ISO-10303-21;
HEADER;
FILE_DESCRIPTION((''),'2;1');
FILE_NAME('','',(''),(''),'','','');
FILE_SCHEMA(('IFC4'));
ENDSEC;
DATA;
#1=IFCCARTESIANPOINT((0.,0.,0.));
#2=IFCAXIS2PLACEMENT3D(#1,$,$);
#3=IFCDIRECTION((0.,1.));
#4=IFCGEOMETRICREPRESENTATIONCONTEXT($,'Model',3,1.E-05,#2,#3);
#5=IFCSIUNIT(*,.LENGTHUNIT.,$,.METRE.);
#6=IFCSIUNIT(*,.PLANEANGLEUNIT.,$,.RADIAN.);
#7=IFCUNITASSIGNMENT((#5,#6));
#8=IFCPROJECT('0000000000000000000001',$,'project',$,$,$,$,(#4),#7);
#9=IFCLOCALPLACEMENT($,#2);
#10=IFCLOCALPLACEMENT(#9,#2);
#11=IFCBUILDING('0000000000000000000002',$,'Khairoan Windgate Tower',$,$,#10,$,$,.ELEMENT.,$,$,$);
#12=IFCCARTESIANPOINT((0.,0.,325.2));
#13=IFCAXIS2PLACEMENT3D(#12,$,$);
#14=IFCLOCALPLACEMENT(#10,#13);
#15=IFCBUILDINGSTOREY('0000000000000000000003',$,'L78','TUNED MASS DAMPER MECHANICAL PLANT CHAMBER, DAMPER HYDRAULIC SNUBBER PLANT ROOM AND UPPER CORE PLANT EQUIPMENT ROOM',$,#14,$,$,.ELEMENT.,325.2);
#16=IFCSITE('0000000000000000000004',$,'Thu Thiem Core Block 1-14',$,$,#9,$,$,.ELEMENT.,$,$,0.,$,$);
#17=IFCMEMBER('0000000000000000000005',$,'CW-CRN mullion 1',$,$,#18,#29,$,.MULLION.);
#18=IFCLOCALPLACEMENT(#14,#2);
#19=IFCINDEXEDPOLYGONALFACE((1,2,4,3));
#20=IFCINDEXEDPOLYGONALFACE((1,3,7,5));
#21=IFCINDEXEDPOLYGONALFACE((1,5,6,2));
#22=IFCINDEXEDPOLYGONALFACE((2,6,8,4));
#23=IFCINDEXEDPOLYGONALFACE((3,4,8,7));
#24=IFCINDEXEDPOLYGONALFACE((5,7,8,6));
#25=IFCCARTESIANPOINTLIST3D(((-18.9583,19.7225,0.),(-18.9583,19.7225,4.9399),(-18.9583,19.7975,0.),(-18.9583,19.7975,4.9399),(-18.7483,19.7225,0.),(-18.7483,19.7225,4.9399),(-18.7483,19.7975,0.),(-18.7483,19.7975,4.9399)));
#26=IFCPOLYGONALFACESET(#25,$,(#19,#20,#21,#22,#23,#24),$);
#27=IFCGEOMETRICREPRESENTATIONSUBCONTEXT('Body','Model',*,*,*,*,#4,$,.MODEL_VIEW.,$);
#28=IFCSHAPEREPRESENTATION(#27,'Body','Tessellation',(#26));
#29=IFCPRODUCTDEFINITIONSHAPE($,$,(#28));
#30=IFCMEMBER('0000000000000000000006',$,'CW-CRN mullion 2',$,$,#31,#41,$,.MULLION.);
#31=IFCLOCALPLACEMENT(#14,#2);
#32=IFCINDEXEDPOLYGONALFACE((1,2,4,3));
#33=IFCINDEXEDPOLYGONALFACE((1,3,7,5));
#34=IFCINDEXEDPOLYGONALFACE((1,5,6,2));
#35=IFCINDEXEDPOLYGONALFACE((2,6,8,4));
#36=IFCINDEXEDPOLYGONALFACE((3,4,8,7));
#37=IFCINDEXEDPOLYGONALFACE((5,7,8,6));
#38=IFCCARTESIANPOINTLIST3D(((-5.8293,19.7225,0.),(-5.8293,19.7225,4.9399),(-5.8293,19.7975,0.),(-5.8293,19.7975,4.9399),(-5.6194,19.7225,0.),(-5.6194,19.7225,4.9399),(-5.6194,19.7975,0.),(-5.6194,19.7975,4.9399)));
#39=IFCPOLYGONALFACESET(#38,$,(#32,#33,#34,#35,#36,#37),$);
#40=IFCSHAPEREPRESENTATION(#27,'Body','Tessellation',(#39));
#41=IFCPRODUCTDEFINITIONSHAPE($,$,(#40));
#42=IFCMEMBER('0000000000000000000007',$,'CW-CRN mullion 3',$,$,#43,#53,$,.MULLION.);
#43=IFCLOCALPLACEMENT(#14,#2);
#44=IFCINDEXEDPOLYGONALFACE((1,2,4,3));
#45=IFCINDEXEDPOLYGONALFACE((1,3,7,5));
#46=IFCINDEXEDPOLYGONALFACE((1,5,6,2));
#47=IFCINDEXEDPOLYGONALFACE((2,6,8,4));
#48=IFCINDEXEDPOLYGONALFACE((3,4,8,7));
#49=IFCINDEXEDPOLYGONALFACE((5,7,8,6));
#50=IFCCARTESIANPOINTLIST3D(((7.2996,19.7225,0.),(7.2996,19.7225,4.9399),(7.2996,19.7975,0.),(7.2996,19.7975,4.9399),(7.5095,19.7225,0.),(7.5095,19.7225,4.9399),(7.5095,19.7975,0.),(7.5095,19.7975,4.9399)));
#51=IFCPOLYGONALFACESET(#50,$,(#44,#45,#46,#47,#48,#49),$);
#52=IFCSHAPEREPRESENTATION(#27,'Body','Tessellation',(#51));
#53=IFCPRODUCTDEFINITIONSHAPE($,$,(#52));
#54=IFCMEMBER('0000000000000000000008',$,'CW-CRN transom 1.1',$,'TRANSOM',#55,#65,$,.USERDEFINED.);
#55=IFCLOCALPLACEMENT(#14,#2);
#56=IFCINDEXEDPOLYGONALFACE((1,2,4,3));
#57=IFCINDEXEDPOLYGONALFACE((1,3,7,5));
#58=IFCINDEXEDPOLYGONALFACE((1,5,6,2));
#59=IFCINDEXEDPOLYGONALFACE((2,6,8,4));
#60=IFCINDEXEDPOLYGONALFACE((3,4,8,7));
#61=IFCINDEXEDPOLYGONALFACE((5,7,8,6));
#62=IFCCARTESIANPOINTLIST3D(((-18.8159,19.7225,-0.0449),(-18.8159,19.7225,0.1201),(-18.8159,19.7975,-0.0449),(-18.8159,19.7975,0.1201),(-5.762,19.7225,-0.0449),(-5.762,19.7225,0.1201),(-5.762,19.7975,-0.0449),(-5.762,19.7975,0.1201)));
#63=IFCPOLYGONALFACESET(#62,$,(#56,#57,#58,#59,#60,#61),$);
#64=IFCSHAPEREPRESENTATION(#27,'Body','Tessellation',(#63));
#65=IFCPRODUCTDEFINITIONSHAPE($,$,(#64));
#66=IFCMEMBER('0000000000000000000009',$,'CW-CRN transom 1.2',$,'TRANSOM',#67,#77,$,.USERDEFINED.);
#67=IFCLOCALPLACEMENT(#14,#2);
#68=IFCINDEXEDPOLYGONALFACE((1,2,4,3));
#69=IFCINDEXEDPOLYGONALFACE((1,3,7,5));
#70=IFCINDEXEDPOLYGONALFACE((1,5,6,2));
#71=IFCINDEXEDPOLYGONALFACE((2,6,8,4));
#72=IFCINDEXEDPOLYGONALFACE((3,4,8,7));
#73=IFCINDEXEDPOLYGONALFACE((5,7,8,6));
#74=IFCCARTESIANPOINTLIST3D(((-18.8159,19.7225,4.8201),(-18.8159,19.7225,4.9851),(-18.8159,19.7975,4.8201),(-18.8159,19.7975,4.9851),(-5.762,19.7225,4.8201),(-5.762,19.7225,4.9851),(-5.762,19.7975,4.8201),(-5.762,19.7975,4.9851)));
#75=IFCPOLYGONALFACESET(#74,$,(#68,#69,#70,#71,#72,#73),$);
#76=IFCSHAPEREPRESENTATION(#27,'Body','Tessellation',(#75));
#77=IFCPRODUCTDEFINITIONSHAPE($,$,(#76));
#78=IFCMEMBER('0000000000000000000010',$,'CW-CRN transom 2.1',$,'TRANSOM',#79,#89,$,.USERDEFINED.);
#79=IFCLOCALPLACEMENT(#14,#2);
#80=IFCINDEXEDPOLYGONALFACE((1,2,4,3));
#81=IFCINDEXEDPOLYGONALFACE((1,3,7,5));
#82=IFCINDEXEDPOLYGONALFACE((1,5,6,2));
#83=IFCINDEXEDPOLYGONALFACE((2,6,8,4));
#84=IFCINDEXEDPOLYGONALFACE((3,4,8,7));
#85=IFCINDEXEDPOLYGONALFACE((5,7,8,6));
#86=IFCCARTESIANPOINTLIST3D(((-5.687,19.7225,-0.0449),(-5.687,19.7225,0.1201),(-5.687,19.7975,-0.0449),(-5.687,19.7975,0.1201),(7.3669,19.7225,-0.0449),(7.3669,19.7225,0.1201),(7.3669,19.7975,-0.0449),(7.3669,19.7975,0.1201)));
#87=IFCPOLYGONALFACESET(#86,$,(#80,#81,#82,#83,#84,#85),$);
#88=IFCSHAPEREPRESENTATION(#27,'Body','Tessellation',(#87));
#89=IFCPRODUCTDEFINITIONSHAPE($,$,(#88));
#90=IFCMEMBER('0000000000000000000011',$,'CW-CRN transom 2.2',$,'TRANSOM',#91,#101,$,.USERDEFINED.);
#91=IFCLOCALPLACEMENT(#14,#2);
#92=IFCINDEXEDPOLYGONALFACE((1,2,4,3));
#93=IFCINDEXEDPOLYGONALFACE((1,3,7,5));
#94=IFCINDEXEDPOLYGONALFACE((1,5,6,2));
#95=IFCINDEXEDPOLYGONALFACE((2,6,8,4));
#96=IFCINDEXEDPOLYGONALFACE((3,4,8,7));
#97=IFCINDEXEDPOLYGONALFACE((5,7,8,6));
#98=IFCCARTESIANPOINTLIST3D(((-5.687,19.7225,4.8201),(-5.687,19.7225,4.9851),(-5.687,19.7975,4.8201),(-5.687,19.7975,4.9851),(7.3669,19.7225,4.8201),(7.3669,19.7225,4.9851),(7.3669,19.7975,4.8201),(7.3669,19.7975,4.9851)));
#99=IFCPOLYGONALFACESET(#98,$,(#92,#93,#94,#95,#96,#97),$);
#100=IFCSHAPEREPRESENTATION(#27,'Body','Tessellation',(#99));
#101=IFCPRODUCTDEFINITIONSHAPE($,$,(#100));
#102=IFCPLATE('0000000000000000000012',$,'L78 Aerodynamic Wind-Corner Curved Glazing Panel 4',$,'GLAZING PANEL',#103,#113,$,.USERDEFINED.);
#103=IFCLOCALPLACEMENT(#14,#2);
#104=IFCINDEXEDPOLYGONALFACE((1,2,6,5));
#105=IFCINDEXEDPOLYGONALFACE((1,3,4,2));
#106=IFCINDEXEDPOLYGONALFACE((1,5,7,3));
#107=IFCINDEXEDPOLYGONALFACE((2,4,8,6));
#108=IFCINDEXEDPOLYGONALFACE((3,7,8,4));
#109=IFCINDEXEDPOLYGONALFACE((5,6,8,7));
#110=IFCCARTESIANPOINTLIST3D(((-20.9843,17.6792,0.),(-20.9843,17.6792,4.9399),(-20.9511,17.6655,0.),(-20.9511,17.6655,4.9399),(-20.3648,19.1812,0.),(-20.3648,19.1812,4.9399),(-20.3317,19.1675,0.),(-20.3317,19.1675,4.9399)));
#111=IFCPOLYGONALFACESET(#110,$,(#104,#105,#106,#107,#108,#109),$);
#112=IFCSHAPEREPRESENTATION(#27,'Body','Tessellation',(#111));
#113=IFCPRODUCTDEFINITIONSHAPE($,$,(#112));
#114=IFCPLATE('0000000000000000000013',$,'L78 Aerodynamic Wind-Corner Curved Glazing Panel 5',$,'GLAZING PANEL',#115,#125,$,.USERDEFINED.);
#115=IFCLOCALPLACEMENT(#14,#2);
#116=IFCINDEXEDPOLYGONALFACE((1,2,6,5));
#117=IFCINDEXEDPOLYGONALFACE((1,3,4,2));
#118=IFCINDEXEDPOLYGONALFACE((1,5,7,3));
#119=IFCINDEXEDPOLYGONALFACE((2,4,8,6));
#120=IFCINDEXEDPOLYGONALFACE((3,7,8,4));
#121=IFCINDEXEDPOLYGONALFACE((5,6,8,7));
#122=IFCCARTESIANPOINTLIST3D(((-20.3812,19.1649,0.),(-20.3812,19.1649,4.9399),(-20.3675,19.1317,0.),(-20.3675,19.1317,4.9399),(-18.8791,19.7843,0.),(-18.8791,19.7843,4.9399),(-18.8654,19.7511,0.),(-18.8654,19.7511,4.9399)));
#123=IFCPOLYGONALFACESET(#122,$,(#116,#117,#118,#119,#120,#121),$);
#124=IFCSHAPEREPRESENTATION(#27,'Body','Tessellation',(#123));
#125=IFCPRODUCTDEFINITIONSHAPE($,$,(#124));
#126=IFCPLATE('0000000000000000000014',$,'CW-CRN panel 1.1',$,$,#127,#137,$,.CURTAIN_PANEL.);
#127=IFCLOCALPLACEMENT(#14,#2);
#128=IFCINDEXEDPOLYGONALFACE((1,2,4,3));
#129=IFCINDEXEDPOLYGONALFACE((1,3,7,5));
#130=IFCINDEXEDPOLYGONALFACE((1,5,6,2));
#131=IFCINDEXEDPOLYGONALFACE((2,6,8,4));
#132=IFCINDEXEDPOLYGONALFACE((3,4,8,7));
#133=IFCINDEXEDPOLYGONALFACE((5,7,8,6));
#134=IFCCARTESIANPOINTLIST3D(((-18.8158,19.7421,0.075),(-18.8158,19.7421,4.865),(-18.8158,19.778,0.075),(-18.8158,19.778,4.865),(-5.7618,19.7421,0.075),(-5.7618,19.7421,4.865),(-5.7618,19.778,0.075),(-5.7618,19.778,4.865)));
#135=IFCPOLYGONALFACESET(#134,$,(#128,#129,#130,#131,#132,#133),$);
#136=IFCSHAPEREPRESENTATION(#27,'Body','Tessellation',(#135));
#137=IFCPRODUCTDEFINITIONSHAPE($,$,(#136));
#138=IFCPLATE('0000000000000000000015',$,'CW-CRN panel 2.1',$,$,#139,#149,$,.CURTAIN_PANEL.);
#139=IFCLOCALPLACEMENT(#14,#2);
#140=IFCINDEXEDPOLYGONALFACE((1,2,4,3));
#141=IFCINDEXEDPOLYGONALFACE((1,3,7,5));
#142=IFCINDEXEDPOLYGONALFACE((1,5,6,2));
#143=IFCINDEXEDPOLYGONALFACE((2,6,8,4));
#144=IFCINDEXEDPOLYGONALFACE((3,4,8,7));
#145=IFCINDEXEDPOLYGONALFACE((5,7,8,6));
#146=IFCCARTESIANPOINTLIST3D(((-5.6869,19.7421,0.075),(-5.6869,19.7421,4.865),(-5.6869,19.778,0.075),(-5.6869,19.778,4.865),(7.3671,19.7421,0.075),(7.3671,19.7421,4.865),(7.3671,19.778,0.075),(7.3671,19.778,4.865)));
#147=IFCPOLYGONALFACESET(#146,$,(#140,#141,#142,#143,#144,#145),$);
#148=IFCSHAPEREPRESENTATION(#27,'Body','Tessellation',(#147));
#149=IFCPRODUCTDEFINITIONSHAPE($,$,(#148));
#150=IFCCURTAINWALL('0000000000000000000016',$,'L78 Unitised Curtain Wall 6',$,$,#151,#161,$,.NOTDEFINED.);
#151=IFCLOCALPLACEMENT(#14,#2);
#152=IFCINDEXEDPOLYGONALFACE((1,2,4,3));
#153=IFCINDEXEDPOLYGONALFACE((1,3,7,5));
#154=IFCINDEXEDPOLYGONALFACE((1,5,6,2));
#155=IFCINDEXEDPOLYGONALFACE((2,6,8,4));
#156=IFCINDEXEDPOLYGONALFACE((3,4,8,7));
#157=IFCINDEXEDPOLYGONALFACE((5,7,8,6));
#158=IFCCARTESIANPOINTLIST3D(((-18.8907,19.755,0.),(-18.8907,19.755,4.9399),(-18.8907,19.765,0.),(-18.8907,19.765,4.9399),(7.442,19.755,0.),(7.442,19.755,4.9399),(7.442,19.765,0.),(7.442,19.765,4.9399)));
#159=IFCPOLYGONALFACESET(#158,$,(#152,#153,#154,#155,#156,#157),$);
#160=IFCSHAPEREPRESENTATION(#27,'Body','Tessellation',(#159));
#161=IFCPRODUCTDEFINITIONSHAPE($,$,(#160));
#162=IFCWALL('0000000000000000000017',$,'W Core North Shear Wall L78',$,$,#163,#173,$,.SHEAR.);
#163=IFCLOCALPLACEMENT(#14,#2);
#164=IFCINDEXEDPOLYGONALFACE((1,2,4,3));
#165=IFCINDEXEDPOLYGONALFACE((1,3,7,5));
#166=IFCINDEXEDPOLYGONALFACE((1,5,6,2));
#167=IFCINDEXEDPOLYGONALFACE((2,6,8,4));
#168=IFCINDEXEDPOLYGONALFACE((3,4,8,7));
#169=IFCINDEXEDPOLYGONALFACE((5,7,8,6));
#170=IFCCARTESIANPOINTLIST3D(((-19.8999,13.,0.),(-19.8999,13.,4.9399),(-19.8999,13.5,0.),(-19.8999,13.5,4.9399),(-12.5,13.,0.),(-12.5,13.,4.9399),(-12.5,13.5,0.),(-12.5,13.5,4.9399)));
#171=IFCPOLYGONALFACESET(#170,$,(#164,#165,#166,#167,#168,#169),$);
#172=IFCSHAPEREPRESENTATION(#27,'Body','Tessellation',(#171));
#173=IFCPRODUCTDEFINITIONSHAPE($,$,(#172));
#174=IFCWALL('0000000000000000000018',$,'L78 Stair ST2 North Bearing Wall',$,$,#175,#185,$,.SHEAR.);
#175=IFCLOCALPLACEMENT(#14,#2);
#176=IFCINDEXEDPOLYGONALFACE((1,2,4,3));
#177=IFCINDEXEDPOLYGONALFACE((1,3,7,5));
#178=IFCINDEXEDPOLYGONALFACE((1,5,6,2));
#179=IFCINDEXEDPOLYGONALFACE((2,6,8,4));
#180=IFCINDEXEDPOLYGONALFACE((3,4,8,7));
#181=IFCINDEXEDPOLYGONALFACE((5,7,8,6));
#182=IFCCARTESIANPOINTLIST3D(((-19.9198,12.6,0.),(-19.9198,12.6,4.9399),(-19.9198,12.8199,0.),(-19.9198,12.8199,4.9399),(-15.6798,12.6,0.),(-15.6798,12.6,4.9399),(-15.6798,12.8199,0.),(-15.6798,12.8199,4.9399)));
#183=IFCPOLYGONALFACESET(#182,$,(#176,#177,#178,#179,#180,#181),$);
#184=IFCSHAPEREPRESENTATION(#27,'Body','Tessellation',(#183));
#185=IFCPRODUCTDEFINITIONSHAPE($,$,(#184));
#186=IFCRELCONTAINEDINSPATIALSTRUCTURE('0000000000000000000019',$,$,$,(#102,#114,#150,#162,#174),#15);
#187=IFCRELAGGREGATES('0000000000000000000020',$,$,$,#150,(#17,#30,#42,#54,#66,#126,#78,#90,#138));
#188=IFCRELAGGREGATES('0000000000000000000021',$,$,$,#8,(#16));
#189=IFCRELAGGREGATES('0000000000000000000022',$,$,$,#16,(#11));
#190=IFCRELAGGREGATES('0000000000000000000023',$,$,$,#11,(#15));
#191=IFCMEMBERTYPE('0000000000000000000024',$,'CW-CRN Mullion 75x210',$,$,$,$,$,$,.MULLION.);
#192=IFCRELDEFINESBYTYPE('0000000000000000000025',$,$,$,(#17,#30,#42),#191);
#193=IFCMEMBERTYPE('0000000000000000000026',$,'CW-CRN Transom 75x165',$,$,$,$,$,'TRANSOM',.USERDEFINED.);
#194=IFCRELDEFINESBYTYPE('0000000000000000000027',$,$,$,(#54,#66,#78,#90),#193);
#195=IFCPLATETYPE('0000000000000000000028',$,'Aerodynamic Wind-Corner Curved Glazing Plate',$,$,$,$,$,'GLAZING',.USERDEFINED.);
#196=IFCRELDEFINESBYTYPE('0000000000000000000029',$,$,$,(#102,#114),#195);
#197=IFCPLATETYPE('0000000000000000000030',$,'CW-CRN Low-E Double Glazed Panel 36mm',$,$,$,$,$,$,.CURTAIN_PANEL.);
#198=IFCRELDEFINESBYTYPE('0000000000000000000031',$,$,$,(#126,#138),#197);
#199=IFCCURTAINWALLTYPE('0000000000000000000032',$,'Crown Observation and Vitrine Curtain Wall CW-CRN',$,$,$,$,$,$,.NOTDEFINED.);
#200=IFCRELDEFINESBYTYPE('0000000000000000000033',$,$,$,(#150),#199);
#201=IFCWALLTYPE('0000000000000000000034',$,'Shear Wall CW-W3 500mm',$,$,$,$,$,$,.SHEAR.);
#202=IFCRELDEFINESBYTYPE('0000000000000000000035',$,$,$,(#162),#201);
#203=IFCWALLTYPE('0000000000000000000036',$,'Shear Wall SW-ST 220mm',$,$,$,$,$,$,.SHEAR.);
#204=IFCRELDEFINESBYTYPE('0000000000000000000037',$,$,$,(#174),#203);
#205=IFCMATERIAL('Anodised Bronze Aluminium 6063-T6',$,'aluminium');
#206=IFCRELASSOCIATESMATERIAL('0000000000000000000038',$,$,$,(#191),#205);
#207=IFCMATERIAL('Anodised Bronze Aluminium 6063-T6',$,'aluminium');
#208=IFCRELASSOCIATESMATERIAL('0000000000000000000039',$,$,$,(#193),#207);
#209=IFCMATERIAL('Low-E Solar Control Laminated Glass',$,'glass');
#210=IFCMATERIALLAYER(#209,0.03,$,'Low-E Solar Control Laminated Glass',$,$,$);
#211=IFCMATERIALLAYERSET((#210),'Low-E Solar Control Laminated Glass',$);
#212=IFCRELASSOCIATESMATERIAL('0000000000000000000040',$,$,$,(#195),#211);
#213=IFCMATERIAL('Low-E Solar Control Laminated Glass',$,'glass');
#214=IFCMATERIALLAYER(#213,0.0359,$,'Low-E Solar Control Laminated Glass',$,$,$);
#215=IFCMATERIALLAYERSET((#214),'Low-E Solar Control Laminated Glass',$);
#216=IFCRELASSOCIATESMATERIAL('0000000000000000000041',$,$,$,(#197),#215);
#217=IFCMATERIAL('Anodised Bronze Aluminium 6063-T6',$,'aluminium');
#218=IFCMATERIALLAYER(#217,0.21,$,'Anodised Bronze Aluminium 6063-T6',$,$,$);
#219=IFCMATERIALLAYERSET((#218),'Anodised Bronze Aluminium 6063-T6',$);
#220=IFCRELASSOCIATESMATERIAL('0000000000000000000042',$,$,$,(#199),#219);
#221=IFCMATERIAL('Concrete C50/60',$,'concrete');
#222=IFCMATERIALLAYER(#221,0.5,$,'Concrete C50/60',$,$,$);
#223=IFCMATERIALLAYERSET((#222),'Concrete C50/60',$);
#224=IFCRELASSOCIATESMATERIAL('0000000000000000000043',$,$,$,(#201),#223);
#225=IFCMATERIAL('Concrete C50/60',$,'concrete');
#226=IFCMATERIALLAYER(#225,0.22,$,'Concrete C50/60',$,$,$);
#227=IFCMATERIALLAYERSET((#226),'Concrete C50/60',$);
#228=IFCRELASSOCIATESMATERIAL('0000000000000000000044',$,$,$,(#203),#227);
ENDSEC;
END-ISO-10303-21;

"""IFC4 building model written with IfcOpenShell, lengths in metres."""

from ifc_helpers import new_model, si_unit, direction, frame, frame_2d, origin, origin_2d, place, context, subcontext, project, spatial, rectangle, extrude, material, layer, layer_set, material_profile, profile_set, type_object, element, aggregate, save


model = new_model("IFC4")

# Units and contexts
model_context = context("Model", 3, precision=1e-05, world=origin(), true_north=direction((0.0, 1.0)))
body_context = subcontext(model_context, "Body", "Model", "MODEL_VIEW")
ifc_project = project(units=[si_unit("LENGTHUNIT", "METRE"), si_unit("PLANEANGLEUNIT", "RADIAN")], contexts=[model_context])

# Site, building, storey
site_placement = place(None, origin())
site = spatial("IfcSite", under=ifc_project, at=site_placement, Name="Thu Thiem Core Block 1-14", CompositionType="ELEMENT", RefElevation=0.0)
building_placement = place(site_placement, origin())
building = spatial("IfcBuilding", under=site, at=building_placement, Name="Khairoan Windgate Tower", CompositionType="ELEMENT")
storey_placement = place(building_placement, frame((0.0, 0.0, 325.2)))
storey = spatial("IfcBuildingStorey", under=building, at=storey_placement, Name="L78", Description="TUNED MASS DAMPER MECHANICAL PLANT CHAMBER, DAMPER HYDRAULIC SNUBBER PLANT ROOM AND UPPER CORE PLANT EQUIPMENT ROOM", CompositionType="ELEMENT", Elevation=325.2)

# Members
ifc_material_1 = material(Name="Anodised Bronze Aluminium 6063-T6", Category="aluminium")
ifc_material_profile_1 = material_profile(ifc_material_1, rectangle(XDim=0.075, YDim=0.21, at=origin_2d()))
ifc_profile_set_1 = profile_set([ifc_material_profile_1], Name="Anodised Bronze Aluminium 6063-T6")
member_type_1 = type_object("IfcMemberType", Name="CW-CRN Mullion 75x210", PredefinedType="MULLION", material=ifc_profile_set_1)
member_1_placement = place(storey_placement, frame((-18.8533, 19.76, 0.0), z_axis=(0.0, 0.0, 1.0), x_axis=(0.0, 1.0, 0.0)))
member_1 = element("IfcMember", 1, at=member_1_placement, type_object=member_type_1, Name="CW-CRN mullion 1", PredefinedType="MULLION", context=body_context, shape_type="SweptSolid", body=[
    extrude(rectangle(XDim=0.075, YDim=0.21, at=origin_2d()), origin(), (0.0, 0.0, 1.0), 4.9399),
])
member_2_placement = place(storey_placement, frame((-5.7244, 19.76, 0.0), z_axis=(0.0, 0.0, 1.0), x_axis=(0.0, 1.0, 0.0)))
member_2 = element("IfcMember", 2, at=member_2_placement, type_object=member_type_1, Name="CW-CRN mullion 2", PredefinedType="MULLION", context=body_context, shape_type="SweptSolid", body=[
    extrude(rectangle(XDim=0.075, YDim=0.21, at=origin_2d()), origin(), (0.0, 0.0, 1.0), 4.9399),
])
member_3_placement = place(storey_placement, frame((7.4045, 19.76, 0.0), z_axis=(0.0, 0.0, 1.0), x_axis=(0.0, 1.0, 0.0)))
member_3 = element("IfcMember", 3, at=member_3_placement, type_object=member_type_1, Name="CW-CRN mullion 3", PredefinedType="MULLION", context=body_context, shape_type="SweptSolid", body=[
    extrude(rectangle(XDim=0.075, YDim=0.21, at=origin_2d()), origin(), (0.0, 0.0, 1.0), 4.9399),
])
ifc_material_2 = material(Name="Anodised Bronze Aluminium 6063-T6", Category="aluminium")
ifc_material_profile_2 = material_profile(ifc_material_2, rectangle(XDim=0.075, YDim=0.165, at=origin_2d()))
ifc_profile_set_2 = profile_set([ifc_material_profile_2], Name="Anodised Bronze Aluminium 6063-T6")
member_type_2 = type_object("IfcMemberType", Name="CW-CRN Transom 75x165", ElementType="TRANSOM", PredefinedType="USERDEFINED", material=ifc_profile_set_2)
member_4_placement = place(storey_placement, frame((-18.8159, 19.76, 0.0376), z_axis=(1.0, 0.0, 0.0), x_axis=(0.0, 1.0, 0.0)))
member_4 = element("IfcMember", 4, at=member_4_placement, type_object=member_type_2, Name="CW-CRN transom 1.1", ObjectType="TRANSOM", PredefinedType="USERDEFINED", context=body_context, shape_type="SweptSolid", body=[
    extrude(rectangle(XDim=0.075, YDim=0.165, at=origin_2d()), origin(), (0.0, 0.0, 1.0), 13.054),
])
member_5_placement = place(storey_placement, frame((-18.8159, 19.76, 4.9026), z_axis=(1.0, 0.0, 0.0), x_axis=(0.0, 1.0, 0.0)))
member_5 = element("IfcMember", 5, at=member_5_placement, type_object=member_type_2, Name="CW-CRN transom 1.2", ObjectType="TRANSOM", PredefinedType="USERDEFINED", context=body_context, shape_type="SweptSolid", body=[
    extrude(rectangle(XDim=0.075, YDim=0.165, at=origin_2d()), origin(), (0.0, 0.0, 1.0), 13.054),
])
member_6_placement = place(storey_placement, frame((-5.687, 19.76, 0.0376), z_axis=(1.0, 0.0, 0.0), x_axis=(0.0, 1.0, 0.0)))
member_6 = element("IfcMember", 6, at=member_6_placement, type_object=member_type_2, Name="CW-CRN transom 2.1", ObjectType="TRANSOM", PredefinedType="USERDEFINED", context=body_context, shape_type="SweptSolid", body=[
    extrude(rectangle(XDim=0.075, YDim=0.165, at=origin_2d()), origin(), (0.0, 0.0, 1.0), 13.054),
])
member_7_placement = place(storey_placement, frame((-5.687, 19.76, 4.9026), z_axis=(1.0, 0.0, 0.0), x_axis=(0.0, 1.0, 0.0)))
member_7 = element("IfcMember", 7, at=member_7_placement, type_object=member_type_2, Name="CW-CRN transom 2.2", ObjectType="TRANSOM", PredefinedType="USERDEFINED", context=body_context, shape_type="SweptSolid", body=[
    extrude(rectangle(XDim=0.075, YDim=0.165, at=origin_2d()), origin(), (0.0, 0.0, 1.0), 13.054),
])

# Plates
ifc_material_3 = material(Name="Low-E Solar Control Laminated Glass", Category="glass")
ifc_layer_1 = layer(ifc_material_3, 0.03, Name="Low-E Solar Control Laminated Glass")
ifc_layer_set_1 = layer_set([ifc_layer_1], Name="Low-E Solar Control Laminated Glass")
plate_type_1 = type_object("IfcPlateType", Name="Aerodynamic Wind-Corner Curved Glazing Plate", ElementType="GLAZING", PredefinedType="USERDEFINED", material=ifc_layer_set_1)
for number, where, z_axis, x_axis, name in (
    (8, (-20.658, 18.4233, 0.0), (0.0, 0.0, 1.0), (0.381232, 0.92448, 0.0), "L78 Aerodynamic Wind-Corner Curved Glazing Panel 4"),
    (9, (-19.6233, 19.458, 0.0), (0.0, 0.0, 1.0), (0.92448, 0.381232, 0.0), "L78 Aerodynamic Wind-Corner Curved Glazing Panel 5"),
):
    element("IfcPlate", number, at=place(storey_placement, frame(where, z_axis=z_axis, x_axis=x_axis)), inside=storey, type_object=plate_type_1, Name=name, ObjectType="GLAZING PANEL", PredefinedType="USERDEFINED", context=body_context, shape_type="SweptSolid", body=[
        extrude(rectangle(XDim=1.6248, YDim=0.0359, at=origin_2d()), origin(), (0.0, 0.0, 1.0), 4.9399),
    ])

# Plates
ifc_material_4 = material(Name="Low-E Solar Control Laminated Glass", Category="glass")
ifc_layer_2 = layer(ifc_material_4, 0.0359, Name="Low-E Solar Control Laminated Glass")
ifc_layer_set_2 = layer_set([ifc_layer_2], Name="Low-E Solar Control Laminated Glass")
plate_type_2 = type_object("IfcPlateType", Name="CW-CRN Low-E Double Glazed Panel 36mm", PredefinedType="CURTAIN_PANEL", material=ifc_layer_set_2)
plate_1_placement = place(storey_placement, frame((-12.2888, 19.76, 0.075), z_axis=(0.0, 0.0, 1.0), x_axis=(1.0, 0.0, 0.0)))
plate_1 = element("IfcPlate", 10, at=plate_1_placement, type_object=plate_type_2, Name="CW-CRN panel 1.1", PredefinedType="CURTAIN_PANEL", context=body_context, shape_type="SweptSolid", body=[
    extrude(rectangle(XDim=13.054, YDim=0.0359, at=origin_2d()), origin(), (0.0, 0.0, 1.0), 4.79),
])
plate_2_placement = place(storey_placement, frame((0.8401, 19.76, 0.075), z_axis=(0.0, 0.0, 1.0), x_axis=(1.0, 0.0, 0.0)))
plate_2 = element("IfcPlate", 11, at=plate_2_placement, type_object=plate_type_2, Name="CW-CRN panel 2.1", PredefinedType="CURTAIN_PANEL", context=body_context, shape_type="SweptSolid", body=[
    extrude(rectangle(XDim=13.054, YDim=0.0359, at=origin_2d()), origin(), (0.0, 0.0, 1.0), 4.79),
])

# Curtain wall
ifc_material_5 = material(Name="Anodised Bronze Aluminium 6063-T6", Category="aluminium")
ifc_layer_3 = layer(ifc_material_5, 0.21, Name="Anodised Bronze Aluminium 6063-T6")
ifc_layer_set_3 = layer_set([ifc_layer_3], Name="Anodised Bronze Aluminium 6063-T6")
curtain_wall_type = type_object("IfcCurtainWallType", Name="Crown Observation and Vitrine Curtain Wall CW-CRN", PredefinedType="NOTDEFINED", material=ifc_layer_set_3)
curtain_wall_placement = place(storey_placement, frame((-18.8909, 19.76, 0.0), z_axis=(0.0, 0.0, 1.0), x_axis=(1.0, 0.0, 0.0)))
curtain_wall = element("IfcCurtainWall", 12, at=curtain_wall_placement, inside=storey, type_object=curtain_wall_type, Name="L78 Unitised Curtain Wall 6", PredefinedType="NOTDEFINED", context=body_context, shape_type="SweptSolid", body=[
    extrude(rectangle(XDim=26.3328, YDim=0.01, at=frame_2d((13.1665, 0.0))), origin(), (0.0, 0.0, 1.0), 4.9399),
])
aggregate(curtain_wall, [member_1, member_2, member_3, member_4, member_5, plate_1, member_6, member_7, plate_2])

# Walls
ifc_material_6 = material(Name="Concrete C50/60", Category="concrete")
ifc_layer_4 = layer(ifc_material_6, 0.5, Name="Concrete C50/60")
ifc_layer_set_4 = layer_set([ifc_layer_4], Name="Concrete C50/60")
wall_type_1 = type_object("IfcWallType", Name="Shear Wall CW-W3 500mm", PredefinedType="SHEAR", material=ifc_layer_set_4)
wall_1_placement = place(storey_placement, frame((-19.8999, 13.25, 0.0), z_axis=(0.0, 0.0, 1.0), x_axis=(1.0, 0.0, 0.0)))
element("IfcWall", 13, at=wall_1_placement, inside=storey, type_object=wall_type_1, Name="W Core North Shear Wall L78", PredefinedType="SHEAR", context=body_context, shape_type="SweptSolid", body=[
    extrude(rectangle(XDim=7.3999, YDim=0.5, at=frame_2d((3.7, 0.0))), origin(), (0.0, 0.0, 1.0), 4.9399),
])
ifc_material_7 = material(Name="Concrete C50/60", Category="concrete")
ifc_layer_5 = layer(ifc_material_7, 0.22, Name="Concrete C50/60")
ifc_layer_set_5 = layer_set([ifc_layer_5], Name="Concrete C50/60")
wall_type_2 = type_object("IfcWallType", Name="Shear Wall SW-ST 220mm", PredefinedType="SHEAR", material=ifc_layer_set_5)
wall_2_placement = place(storey_placement, frame((-19.9199, 12.71, 0.0), z_axis=(0.0, 0.0, 1.0), x_axis=(1.0, 0.0, 0.0)))
element("IfcWall", 14, at=wall_2_placement, inside=storey, type_object=wall_type_2, Name="L78 Stair ST2 North Bearing Wall", PredefinedType="SHEAR", context=body_context, shape_type="SweptSolid", body=[
    extrude(rectangle(XDim=4.24, YDim=0.22, at=frame_2d((2.1201, 0.0))), origin(), (0.0, 0.0, 1.0), 4.9399),
])

save(model, "model.ifc")
